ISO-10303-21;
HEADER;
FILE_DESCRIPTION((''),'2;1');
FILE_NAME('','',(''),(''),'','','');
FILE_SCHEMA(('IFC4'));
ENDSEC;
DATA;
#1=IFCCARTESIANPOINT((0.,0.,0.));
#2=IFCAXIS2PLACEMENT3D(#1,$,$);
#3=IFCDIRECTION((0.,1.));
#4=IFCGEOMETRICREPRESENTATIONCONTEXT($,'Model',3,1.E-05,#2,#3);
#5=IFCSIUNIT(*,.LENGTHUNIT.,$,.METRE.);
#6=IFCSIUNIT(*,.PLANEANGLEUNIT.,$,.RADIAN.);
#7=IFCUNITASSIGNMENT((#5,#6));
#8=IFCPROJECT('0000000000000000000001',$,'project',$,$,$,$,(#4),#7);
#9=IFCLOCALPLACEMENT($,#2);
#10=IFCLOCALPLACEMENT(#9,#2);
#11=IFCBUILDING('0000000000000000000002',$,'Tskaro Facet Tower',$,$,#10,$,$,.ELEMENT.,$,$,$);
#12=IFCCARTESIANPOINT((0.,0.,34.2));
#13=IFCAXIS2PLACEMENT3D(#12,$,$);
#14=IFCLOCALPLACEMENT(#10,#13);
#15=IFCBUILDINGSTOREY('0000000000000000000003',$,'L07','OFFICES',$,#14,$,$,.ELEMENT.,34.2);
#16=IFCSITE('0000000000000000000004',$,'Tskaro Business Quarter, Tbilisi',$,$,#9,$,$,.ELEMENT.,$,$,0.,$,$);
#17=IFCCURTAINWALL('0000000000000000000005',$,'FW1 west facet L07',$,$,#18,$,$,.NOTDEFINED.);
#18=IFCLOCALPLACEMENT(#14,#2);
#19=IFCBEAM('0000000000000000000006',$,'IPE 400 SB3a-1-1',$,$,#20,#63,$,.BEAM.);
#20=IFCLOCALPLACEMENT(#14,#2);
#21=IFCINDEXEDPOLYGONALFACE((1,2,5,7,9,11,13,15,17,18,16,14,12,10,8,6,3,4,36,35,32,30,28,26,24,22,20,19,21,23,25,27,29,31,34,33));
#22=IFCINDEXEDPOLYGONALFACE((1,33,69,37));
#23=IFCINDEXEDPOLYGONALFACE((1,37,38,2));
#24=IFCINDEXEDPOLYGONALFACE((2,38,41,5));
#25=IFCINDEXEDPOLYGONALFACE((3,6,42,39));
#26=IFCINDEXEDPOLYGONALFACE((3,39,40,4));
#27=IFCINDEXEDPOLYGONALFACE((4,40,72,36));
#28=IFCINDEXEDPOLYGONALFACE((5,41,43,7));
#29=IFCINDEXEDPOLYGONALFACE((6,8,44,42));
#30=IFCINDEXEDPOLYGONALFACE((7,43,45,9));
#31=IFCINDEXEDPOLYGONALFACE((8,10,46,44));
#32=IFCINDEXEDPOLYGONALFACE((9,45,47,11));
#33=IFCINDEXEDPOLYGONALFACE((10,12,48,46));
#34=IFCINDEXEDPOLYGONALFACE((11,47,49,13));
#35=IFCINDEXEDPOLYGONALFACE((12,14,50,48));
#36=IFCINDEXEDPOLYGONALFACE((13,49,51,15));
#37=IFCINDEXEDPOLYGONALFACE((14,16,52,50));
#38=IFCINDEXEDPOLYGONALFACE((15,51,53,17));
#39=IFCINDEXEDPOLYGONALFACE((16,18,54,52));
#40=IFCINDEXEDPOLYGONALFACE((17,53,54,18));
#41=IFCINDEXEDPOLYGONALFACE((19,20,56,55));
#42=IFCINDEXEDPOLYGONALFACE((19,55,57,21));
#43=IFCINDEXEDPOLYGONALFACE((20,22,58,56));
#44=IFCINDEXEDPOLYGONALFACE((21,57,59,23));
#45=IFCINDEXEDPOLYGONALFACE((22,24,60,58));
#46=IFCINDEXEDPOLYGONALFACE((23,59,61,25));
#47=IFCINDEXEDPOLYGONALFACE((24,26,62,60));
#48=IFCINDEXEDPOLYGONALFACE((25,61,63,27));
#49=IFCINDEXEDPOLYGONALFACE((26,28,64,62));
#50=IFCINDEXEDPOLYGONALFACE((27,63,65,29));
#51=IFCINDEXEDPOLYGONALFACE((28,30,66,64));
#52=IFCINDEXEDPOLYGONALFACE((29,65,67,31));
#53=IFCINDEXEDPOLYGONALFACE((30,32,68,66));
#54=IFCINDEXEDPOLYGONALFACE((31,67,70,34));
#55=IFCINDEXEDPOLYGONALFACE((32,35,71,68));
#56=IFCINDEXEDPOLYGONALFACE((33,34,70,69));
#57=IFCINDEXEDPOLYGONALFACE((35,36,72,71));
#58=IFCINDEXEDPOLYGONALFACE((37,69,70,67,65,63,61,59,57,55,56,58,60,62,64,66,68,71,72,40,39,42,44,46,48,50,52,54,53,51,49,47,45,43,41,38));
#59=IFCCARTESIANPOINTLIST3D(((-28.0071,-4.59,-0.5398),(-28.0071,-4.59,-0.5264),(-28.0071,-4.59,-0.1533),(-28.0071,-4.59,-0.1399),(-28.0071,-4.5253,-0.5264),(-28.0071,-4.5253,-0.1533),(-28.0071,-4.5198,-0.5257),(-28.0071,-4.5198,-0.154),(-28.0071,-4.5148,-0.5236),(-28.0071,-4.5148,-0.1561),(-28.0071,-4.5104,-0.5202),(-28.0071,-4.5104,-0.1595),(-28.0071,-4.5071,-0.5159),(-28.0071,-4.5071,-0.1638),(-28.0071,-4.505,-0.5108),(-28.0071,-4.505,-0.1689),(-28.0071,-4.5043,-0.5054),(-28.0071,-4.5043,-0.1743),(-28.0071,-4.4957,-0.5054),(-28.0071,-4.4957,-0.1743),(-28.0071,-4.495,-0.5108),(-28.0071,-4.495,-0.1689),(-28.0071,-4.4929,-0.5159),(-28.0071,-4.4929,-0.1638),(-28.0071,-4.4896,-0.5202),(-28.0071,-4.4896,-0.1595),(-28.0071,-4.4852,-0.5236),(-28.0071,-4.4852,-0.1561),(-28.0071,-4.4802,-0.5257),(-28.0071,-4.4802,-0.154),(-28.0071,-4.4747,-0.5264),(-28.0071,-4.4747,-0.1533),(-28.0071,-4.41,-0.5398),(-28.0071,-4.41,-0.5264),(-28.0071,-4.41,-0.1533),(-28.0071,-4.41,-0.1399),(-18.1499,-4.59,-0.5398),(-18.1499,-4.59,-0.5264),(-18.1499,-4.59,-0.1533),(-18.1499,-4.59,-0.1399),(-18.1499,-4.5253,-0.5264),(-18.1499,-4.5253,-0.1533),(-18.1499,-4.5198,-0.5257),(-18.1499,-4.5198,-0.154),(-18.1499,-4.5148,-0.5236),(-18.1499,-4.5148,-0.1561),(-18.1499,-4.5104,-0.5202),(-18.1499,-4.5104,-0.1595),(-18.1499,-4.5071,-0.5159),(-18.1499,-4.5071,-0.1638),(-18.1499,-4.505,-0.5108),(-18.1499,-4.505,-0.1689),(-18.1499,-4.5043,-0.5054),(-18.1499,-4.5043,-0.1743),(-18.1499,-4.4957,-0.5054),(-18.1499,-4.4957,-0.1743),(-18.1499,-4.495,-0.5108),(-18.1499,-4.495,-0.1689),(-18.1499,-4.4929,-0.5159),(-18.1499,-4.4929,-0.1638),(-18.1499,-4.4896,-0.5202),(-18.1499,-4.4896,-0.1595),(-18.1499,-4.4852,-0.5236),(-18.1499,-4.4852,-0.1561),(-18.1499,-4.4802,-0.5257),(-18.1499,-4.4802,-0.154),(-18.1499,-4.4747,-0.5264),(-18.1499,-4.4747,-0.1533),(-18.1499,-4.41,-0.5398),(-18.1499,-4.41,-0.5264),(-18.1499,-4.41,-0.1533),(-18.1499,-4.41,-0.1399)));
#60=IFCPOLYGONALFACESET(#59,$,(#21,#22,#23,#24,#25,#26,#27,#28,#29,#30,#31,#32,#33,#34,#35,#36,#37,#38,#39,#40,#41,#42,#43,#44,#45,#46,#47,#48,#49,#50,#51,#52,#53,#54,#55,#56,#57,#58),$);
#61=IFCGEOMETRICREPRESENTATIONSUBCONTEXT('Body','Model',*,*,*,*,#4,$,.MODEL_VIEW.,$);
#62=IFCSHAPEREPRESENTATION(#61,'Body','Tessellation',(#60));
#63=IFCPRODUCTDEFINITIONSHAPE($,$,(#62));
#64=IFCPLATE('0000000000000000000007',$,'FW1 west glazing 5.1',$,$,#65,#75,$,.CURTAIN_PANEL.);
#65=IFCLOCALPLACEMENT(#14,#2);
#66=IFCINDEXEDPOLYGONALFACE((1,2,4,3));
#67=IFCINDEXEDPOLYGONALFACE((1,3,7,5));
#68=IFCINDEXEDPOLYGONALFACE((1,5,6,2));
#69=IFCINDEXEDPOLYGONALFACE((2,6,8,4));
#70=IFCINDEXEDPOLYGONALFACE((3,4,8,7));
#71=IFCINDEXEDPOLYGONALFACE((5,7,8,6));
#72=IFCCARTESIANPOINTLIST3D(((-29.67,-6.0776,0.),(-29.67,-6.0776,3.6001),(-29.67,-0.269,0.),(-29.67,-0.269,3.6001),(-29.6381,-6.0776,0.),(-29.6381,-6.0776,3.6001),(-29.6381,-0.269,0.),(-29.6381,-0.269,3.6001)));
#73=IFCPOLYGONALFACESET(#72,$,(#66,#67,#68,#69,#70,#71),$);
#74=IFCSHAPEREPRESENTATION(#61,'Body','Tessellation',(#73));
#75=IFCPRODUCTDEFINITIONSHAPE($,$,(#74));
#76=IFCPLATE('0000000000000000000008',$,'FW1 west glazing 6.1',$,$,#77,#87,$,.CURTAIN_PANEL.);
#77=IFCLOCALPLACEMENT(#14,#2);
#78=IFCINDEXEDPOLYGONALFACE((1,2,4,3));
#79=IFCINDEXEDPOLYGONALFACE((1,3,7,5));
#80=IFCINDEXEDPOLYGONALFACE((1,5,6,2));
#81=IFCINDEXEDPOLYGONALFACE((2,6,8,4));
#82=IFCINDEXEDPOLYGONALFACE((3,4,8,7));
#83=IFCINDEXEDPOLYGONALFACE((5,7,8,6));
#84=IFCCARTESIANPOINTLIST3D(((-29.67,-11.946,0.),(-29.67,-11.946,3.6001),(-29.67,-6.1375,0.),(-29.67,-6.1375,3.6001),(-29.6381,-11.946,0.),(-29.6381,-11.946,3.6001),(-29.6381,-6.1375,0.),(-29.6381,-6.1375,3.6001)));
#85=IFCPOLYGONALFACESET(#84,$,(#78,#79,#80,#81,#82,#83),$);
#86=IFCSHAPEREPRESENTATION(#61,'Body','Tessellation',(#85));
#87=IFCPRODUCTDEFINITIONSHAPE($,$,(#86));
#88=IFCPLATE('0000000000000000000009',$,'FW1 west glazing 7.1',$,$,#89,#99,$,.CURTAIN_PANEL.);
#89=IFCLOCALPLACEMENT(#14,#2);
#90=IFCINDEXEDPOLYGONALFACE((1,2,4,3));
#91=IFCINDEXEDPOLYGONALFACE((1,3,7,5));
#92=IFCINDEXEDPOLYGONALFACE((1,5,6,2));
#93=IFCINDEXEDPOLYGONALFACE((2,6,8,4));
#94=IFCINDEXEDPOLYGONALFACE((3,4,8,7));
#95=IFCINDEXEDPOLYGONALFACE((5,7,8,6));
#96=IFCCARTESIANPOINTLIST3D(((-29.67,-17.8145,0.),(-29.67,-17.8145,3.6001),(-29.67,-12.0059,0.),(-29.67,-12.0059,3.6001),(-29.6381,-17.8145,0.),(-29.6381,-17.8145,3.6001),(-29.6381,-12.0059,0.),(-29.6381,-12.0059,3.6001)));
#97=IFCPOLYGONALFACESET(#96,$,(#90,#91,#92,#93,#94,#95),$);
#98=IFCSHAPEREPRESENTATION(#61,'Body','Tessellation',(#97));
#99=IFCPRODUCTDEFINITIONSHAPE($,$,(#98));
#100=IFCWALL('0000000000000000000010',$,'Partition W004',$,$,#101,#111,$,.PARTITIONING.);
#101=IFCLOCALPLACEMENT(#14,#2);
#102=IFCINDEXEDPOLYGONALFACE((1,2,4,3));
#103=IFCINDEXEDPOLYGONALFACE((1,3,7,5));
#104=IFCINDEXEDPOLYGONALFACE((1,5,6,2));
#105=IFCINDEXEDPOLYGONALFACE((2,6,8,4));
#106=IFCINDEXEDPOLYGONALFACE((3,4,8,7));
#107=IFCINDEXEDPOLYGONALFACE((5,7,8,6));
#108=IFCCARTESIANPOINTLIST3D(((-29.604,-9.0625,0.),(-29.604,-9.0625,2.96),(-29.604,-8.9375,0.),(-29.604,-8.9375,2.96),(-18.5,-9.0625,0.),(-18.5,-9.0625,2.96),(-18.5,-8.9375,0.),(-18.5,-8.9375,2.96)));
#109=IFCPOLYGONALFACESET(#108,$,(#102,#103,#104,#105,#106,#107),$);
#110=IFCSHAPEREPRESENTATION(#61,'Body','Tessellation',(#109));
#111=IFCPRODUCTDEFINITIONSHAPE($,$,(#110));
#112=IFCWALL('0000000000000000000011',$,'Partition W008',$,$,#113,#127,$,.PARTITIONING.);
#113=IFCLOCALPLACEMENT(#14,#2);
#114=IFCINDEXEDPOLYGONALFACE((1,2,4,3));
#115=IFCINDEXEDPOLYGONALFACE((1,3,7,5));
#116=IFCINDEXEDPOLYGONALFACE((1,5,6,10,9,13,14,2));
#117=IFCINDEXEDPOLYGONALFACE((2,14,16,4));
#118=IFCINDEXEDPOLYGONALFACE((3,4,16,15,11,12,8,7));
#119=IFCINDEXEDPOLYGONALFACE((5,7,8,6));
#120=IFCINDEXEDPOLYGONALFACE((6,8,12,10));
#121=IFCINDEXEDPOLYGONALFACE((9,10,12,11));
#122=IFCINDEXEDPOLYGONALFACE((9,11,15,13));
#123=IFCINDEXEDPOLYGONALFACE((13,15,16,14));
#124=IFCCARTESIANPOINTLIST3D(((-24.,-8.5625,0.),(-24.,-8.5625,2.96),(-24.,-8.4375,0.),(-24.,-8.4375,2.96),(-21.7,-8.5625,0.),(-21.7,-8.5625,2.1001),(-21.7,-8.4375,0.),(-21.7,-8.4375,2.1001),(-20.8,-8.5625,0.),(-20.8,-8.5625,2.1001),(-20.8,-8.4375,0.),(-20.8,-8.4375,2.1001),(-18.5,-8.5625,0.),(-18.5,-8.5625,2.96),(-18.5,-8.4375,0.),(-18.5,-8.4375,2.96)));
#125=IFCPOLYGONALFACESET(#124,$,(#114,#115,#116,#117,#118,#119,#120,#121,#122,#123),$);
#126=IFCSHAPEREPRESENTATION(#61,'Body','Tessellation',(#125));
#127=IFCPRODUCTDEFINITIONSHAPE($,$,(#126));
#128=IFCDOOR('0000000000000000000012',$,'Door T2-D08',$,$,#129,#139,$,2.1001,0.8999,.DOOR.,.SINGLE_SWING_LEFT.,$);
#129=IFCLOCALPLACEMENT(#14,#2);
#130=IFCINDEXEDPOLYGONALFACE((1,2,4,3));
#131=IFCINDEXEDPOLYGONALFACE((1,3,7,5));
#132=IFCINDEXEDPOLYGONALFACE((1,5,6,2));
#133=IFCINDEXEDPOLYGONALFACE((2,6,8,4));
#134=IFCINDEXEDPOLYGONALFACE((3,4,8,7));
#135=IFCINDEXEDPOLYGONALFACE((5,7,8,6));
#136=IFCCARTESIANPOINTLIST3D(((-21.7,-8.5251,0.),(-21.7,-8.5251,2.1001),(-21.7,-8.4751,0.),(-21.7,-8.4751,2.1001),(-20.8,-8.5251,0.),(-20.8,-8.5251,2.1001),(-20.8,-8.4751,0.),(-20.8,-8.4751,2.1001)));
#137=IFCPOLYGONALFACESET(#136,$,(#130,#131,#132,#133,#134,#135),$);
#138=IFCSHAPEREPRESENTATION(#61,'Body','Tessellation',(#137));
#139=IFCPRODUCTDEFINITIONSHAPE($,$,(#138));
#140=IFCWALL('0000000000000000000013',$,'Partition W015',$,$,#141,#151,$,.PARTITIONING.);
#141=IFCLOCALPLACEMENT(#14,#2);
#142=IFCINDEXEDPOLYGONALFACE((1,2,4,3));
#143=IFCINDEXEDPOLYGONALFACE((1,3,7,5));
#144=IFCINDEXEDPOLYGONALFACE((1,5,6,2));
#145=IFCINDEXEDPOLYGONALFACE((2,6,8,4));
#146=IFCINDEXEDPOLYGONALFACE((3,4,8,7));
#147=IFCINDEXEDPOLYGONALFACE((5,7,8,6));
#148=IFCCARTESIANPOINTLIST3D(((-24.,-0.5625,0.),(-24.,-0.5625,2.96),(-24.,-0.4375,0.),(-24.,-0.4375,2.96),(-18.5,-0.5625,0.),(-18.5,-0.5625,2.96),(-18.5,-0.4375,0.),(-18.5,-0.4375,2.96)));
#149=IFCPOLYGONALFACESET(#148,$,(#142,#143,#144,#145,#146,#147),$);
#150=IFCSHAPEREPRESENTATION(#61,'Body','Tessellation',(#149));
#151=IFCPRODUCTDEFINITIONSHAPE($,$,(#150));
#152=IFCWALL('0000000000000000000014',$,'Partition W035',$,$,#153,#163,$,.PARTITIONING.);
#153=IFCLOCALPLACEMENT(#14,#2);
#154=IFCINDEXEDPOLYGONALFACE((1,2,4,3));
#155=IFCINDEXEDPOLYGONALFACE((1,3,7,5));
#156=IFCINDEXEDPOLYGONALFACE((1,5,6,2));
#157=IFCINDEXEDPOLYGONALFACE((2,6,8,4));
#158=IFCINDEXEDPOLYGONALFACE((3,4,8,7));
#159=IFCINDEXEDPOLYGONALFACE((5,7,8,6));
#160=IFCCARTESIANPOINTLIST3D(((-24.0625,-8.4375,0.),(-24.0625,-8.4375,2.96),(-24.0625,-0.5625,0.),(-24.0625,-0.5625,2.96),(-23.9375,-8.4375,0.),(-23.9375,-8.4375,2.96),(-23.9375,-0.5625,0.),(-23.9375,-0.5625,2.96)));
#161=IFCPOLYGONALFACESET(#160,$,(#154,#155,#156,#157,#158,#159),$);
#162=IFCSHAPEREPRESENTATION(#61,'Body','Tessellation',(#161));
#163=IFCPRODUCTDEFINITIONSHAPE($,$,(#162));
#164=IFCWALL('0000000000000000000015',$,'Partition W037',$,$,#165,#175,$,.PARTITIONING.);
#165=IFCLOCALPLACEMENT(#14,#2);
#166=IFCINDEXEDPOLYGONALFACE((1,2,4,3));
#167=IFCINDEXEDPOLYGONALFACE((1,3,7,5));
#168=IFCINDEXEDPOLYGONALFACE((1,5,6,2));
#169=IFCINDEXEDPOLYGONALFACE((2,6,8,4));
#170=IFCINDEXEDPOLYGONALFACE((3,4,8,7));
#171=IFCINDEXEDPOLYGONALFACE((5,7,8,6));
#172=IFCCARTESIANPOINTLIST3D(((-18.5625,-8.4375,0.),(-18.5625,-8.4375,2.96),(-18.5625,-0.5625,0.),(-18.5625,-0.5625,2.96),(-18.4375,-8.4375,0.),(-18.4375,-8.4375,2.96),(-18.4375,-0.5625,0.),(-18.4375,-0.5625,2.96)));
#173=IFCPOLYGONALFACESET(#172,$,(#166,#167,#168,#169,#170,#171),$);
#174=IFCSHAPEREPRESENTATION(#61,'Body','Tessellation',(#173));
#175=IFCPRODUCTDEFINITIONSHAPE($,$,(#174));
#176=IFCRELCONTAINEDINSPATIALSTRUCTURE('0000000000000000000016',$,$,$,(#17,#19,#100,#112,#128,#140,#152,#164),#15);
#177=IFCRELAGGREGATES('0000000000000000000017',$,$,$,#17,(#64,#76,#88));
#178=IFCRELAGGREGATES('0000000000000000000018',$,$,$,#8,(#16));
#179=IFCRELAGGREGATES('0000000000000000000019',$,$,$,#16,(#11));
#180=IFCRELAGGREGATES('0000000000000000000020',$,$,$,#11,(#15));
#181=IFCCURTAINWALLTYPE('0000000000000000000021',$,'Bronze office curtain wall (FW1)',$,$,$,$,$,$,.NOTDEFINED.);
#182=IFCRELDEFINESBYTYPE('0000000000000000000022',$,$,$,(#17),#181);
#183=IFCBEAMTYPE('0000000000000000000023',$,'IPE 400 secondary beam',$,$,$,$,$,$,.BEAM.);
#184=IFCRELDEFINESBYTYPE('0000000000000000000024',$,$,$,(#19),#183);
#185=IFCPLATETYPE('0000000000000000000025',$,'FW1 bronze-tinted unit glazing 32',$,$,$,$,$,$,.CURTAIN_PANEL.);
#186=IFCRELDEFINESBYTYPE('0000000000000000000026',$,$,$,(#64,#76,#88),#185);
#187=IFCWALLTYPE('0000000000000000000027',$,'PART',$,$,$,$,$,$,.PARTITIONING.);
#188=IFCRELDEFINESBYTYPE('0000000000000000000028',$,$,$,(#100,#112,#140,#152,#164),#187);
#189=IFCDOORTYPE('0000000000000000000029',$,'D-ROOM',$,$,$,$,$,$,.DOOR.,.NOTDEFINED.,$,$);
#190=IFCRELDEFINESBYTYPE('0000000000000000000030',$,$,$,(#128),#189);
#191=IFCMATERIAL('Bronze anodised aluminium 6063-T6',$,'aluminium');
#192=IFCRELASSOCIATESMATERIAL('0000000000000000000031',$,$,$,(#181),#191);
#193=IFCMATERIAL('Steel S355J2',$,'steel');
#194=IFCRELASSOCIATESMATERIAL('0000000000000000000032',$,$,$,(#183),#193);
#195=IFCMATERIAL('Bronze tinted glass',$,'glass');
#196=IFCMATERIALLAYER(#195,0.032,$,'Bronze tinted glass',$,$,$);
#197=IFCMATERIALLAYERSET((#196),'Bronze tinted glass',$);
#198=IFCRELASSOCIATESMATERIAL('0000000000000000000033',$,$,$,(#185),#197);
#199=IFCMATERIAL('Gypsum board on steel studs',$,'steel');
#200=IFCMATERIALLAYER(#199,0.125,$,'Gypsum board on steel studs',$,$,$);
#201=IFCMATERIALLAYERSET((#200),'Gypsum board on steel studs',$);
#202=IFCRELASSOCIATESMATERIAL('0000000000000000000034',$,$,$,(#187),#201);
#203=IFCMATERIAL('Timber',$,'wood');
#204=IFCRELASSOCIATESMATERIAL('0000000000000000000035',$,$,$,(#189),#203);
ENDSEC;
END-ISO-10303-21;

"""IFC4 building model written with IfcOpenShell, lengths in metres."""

from ifc_helpers import new_model, si_unit, direction, frame, frame_2d, origin, origin_2d, place, context, subcontext, project, spatial, rectangle, i_section, extrude, material, layer, layer_set, material_profile, profile_set, type_object, element, fill, aggregate, save


model = new_model("IFC4")

# Units and contexts
model_context = context("Model", 3, precision=1e-05, world=origin(), true_north=direction((0.0, 1.0)))
body_context = subcontext(model_context, "Body", "Model", "MODEL_VIEW")
ifc_project = project(units=[si_unit("LENGTHUNIT", "METRE"), si_unit("PLANEANGLEUNIT", "RADIAN")], contexts=[model_context])

# Site, building, storey
site_placement = place(None, origin())
site = spatial("IfcSite", under=ifc_project, at=site_placement, Name="Tskaro Business Quarter, Tbilisi", CompositionType="ELEMENT", RefElevation=0.0)
building_placement = place(site_placement, origin())
building = spatial("IfcBuilding", under=site, at=building_placement, Name="Tskaro Facet Tower", CompositionType="ELEMENT")
storey_placement = place(building_placement, frame((0.0, 0.0, 34.2)))
storey = spatial("IfcBuildingStorey", under=building, at=storey_placement, Name="L07", Description="OFFICES", CompositionType="ELEMENT", Elevation=34.2)

# Curtain wall
ifc_material_1 = material(Name="Bronze anodised aluminium 6063-T6", Category="aluminium")
curtain_wall_type = type_object("IfcCurtainWallType", Name="Bronze office curtain wall (FW1)", PredefinedType="NOTDEFINED", material=ifc_material_1)
curtain_wall_placement = place(storey_placement, origin())
curtain_wall = element("IfcCurtainWall", 1, at=curtain_wall_placement, inside=storey, type_object=curtain_wall_type, Name="FW1 west facet L07", PredefinedType="NOTDEFINED")

# Beam
ifc_material_2 = material(Name="Steel S355J2", Category="steel")
ifc_material_profile_1 = material_profile(ifc_material_2, i_section(OverallWidth=0.1799, OverallDepth=0.3999, WebThickness=0.0085, FlangeThickness=0.0134, FilletRadius=0.021, at=origin_2d()), Name="IPE 400")
ifc_profile_set_1 = profile_set([ifc_material_profile_1], Name="Steel S355J2")
beam_type_1 = type_object("IfcBeamType", Name="IPE 400 secondary beam", PredefinedType="BEAM", material=ifc_profile_set_1)
for number, where, z_axis, x_axis, name in (
    (2, (-28.0071, -4.5, -0.3398), (1.0, 0.0, 0.0), (0.0, 1.0, 0.0), "IPE 400 SB3a-1-1"),
):
    element("IfcBeam", number, at=place(storey_placement, frame(where, z_axis=z_axis, x_axis=x_axis)), inside=storey, type_object=beam_type_1, Name=name, PredefinedType="BEAM", context=body_context, shape_type="SweptSolid", body=[
        extrude(i_section(OverallWidth=0.1799, OverallDepth=0.3999, WebThickness=0.0085, FlangeThickness=0.0134, FilletRadius=0.021, at=origin_2d()), origin(), (0.0, 0.0, 1.0), 9.8572),
    ])

# Plates
ifc_material_3 = material(Name="Bronze tinted glass", Category="glass")
ifc_layer_1 = layer(ifc_material_3, 0.032, Name="Bronze tinted glass")
ifc_layer_set_1 = layer_set([ifc_layer_1], Name="Bronze tinted glass")
plate_type = type_object("IfcPlateType", Name="FW1 bronze-tinted unit glazing 32", PredefinedType="CURTAIN_PANEL", material=ifc_layer_set_1)
plate_1_placement = place(storey_placement, frame((-29.6541, -3.1733, 0.0), z_axis=(0.0, 0.0, 1.0), x_axis=(0.0, -1.0, 0.0)))
plate_1 = element("IfcPlate", 3, at=plate_1_placement, type_object=plate_type, Name="FW1 west glazing 5.1", PredefinedType="CURTAIN_PANEL", context=body_context, shape_type="SweptSolid", body=[
    extrude(rectangle(XDim=5.8086, YDim=0.032, at=origin_2d()), origin(), (0.0, 0.0, 1.0), 3.6001),
])
plate_2_placement = place(storey_placement, frame((-29.6541, -9.0417, 0.0), z_axis=(0.0, 0.0, 1.0), x_axis=(0.0, -1.0, 0.0)))
plate_2 = element("IfcPlate", 4, at=plate_2_placement, type_object=plate_type, Name="FW1 west glazing 6.1", PredefinedType="CURTAIN_PANEL", context=body_context, shape_type="SweptSolid", body=[
    extrude(rectangle(XDim=5.8086, YDim=0.032, at=origin_2d()), origin(), (0.0, 0.0, 1.0), 3.6001),
])
plate_3_placement = place(storey_placement, frame((-29.6541, -14.9102, 0.0), z_axis=(0.0, 0.0, 1.0), x_axis=(0.0, -1.0, 0.0)))
plate_3 = element("IfcPlate", 5, at=plate_3_placement, type_object=plate_type, Name="FW1 west glazing 7.1", PredefinedType="CURTAIN_PANEL", context=body_context, shape_type="SweptSolid", body=[
    extrude(rectangle(XDim=5.8086, YDim=0.032, at=origin_2d()), origin(), (0.0, 0.0, 1.0), 3.6001),
])
aggregate(curtain_wall, [plate_1, plate_2, plate_3])

# Wall
ifc_material_4 = material(Name="Gypsum board on steel studs", Category="steel")
ifc_layer_2 = layer(ifc_material_4, 0.125, Name="Gypsum board on steel studs")
ifc_layer_set_2 = layer_set([ifc_layer_2], Name="Gypsum board on steel studs")
wall_type = type_object("IfcWallType", Name="PART", PredefinedType="PARTITIONING", material=ifc_layer_set_2)
wall_1_placement = place(storey_placement, frame((-29.604, -9.0, 0.0), z_axis=(0.0, 0.0, 1.0), x_axis=(1.0, 0.0, 0.0)))
element("IfcWall", 6, at=wall_1_placement, inside=storey, type_object=wall_type, Name="Partition W004", PredefinedType="PARTITIONING", context=body_context, shape_type="SweptSolid", body=[
    extrude(rectangle(XDim=11.104, YDim=0.125, at=frame_2d((5.552, 0.0))), origin(), (0.0, 0.0, 1.0), 2.96),
])

# Wall, opening, door
wall_2_placement = place(storey_placement, frame((-24.0, -8.5, 0.0), z_axis=(0.0, 0.0, 1.0), x_axis=(1.0, 0.0, 0.0)))
wall_2 = element("IfcWall", 7, at=wall_2_placement, inside=storey, type_object=wall_type, Name="Partition W008", PredefinedType="PARTITIONING", context=body_context, shape_type="SweptSolid", body=[
    extrude(rectangle(XDim=5.5, YDim=0.125, at=frame_2d((2.75, 0.0))), origin(), (0.0, 0.0, 1.0), 2.96),
])
opening_placement = place(wall_2_placement, frame((2.3, 0.0, 0.0)))
opening = element("IfcOpeningElement", 8, at=opening_placement, cuts=wall_2, PredefinedType="OPENING", context=body_context, shape_type="SweptSolid", body=[
    extrude(rectangle(XDim=0.8999, YDim=2.1001, at=frame_2d((0.45, 1.05))), frame((0.0, 0.0725, 0.0), z_axis=(0.0, -1.0, 0.0), x_axis=(1.0, 0.0, 0.0)), (0.0, 0.0, 1.0), 0.145),
])
ifc_material_5 = material(Name="Timber", Category="wood")
door_type = type_object("IfcDoorType", Name="D-ROOM", OperationType="NOTDEFINED", PredefinedType="DOOR", material=ifc_material_5)
door_placement = place(opening_placement, origin())
door = element("IfcDoor", 9, at=door_placement, inside=storey, type_object=door_type, Name="Door T2-D08", OperationType="SINGLE_SWING_LEFT", OverallHeight=2.1001, OverallWidth=0.8999, PredefinedType="DOOR", context=body_context, shape_type="SweptSolid", body=[
    extrude(rectangle(XDim=0.8999, YDim=2.1001, at=frame_2d((0.45, 1.05))), frame((0.0, 0.0249, 0.0), z_axis=(0.0, -1.0, 0.0), x_axis=(1.0, 0.0, 0.0)), (0.0, 0.0, 1.0), 0.05),
])
fill(opening, door)

# Walls
wall_3_placement = place(storey_placement, frame((-24.0, -0.5, 0.0), z_axis=(0.0, 0.0, 1.0), x_axis=(1.0, 0.0, 0.0)))
element("IfcWall", 10, at=wall_3_placement, inside=storey, type_object=wall_type, Name="Partition W015", PredefinedType="PARTITIONING", context=body_context, shape_type="SweptSolid", body=[
    extrude(rectangle(XDim=5.5, YDim=0.125, at=frame_2d((2.75, 0.0))), origin(), (0.0, 0.0, 1.0), 2.96),
])
for number, where, z_axis, x_axis, name in (
    (11, (-24.0, -8.4375, 0.0), (0.0, 0.0, 1.0), (0.0, 1.0, 0.0), "Partition W035"),
    (12, (-18.5, -8.4375, 0.0), (0.0, 0.0, 1.0), (0.0, 1.0, 0.0), "Partition W037"),
):
    element("IfcWall", number, at=place(storey_placement, frame(where, z_axis=z_axis, x_axis=x_axis)), inside=storey, type_object=wall_type, Name=name, PredefinedType="PARTITIONING", context=body_context, shape_type="SweptSolid", body=[
        extrude(rectangle(XDim=7.875, YDim=0.125, at=frame_2d((3.9375, 0.0))), origin(), (0.0, 0.0, 1.0), 2.96),
    ])

save(model, "model.ifc")
